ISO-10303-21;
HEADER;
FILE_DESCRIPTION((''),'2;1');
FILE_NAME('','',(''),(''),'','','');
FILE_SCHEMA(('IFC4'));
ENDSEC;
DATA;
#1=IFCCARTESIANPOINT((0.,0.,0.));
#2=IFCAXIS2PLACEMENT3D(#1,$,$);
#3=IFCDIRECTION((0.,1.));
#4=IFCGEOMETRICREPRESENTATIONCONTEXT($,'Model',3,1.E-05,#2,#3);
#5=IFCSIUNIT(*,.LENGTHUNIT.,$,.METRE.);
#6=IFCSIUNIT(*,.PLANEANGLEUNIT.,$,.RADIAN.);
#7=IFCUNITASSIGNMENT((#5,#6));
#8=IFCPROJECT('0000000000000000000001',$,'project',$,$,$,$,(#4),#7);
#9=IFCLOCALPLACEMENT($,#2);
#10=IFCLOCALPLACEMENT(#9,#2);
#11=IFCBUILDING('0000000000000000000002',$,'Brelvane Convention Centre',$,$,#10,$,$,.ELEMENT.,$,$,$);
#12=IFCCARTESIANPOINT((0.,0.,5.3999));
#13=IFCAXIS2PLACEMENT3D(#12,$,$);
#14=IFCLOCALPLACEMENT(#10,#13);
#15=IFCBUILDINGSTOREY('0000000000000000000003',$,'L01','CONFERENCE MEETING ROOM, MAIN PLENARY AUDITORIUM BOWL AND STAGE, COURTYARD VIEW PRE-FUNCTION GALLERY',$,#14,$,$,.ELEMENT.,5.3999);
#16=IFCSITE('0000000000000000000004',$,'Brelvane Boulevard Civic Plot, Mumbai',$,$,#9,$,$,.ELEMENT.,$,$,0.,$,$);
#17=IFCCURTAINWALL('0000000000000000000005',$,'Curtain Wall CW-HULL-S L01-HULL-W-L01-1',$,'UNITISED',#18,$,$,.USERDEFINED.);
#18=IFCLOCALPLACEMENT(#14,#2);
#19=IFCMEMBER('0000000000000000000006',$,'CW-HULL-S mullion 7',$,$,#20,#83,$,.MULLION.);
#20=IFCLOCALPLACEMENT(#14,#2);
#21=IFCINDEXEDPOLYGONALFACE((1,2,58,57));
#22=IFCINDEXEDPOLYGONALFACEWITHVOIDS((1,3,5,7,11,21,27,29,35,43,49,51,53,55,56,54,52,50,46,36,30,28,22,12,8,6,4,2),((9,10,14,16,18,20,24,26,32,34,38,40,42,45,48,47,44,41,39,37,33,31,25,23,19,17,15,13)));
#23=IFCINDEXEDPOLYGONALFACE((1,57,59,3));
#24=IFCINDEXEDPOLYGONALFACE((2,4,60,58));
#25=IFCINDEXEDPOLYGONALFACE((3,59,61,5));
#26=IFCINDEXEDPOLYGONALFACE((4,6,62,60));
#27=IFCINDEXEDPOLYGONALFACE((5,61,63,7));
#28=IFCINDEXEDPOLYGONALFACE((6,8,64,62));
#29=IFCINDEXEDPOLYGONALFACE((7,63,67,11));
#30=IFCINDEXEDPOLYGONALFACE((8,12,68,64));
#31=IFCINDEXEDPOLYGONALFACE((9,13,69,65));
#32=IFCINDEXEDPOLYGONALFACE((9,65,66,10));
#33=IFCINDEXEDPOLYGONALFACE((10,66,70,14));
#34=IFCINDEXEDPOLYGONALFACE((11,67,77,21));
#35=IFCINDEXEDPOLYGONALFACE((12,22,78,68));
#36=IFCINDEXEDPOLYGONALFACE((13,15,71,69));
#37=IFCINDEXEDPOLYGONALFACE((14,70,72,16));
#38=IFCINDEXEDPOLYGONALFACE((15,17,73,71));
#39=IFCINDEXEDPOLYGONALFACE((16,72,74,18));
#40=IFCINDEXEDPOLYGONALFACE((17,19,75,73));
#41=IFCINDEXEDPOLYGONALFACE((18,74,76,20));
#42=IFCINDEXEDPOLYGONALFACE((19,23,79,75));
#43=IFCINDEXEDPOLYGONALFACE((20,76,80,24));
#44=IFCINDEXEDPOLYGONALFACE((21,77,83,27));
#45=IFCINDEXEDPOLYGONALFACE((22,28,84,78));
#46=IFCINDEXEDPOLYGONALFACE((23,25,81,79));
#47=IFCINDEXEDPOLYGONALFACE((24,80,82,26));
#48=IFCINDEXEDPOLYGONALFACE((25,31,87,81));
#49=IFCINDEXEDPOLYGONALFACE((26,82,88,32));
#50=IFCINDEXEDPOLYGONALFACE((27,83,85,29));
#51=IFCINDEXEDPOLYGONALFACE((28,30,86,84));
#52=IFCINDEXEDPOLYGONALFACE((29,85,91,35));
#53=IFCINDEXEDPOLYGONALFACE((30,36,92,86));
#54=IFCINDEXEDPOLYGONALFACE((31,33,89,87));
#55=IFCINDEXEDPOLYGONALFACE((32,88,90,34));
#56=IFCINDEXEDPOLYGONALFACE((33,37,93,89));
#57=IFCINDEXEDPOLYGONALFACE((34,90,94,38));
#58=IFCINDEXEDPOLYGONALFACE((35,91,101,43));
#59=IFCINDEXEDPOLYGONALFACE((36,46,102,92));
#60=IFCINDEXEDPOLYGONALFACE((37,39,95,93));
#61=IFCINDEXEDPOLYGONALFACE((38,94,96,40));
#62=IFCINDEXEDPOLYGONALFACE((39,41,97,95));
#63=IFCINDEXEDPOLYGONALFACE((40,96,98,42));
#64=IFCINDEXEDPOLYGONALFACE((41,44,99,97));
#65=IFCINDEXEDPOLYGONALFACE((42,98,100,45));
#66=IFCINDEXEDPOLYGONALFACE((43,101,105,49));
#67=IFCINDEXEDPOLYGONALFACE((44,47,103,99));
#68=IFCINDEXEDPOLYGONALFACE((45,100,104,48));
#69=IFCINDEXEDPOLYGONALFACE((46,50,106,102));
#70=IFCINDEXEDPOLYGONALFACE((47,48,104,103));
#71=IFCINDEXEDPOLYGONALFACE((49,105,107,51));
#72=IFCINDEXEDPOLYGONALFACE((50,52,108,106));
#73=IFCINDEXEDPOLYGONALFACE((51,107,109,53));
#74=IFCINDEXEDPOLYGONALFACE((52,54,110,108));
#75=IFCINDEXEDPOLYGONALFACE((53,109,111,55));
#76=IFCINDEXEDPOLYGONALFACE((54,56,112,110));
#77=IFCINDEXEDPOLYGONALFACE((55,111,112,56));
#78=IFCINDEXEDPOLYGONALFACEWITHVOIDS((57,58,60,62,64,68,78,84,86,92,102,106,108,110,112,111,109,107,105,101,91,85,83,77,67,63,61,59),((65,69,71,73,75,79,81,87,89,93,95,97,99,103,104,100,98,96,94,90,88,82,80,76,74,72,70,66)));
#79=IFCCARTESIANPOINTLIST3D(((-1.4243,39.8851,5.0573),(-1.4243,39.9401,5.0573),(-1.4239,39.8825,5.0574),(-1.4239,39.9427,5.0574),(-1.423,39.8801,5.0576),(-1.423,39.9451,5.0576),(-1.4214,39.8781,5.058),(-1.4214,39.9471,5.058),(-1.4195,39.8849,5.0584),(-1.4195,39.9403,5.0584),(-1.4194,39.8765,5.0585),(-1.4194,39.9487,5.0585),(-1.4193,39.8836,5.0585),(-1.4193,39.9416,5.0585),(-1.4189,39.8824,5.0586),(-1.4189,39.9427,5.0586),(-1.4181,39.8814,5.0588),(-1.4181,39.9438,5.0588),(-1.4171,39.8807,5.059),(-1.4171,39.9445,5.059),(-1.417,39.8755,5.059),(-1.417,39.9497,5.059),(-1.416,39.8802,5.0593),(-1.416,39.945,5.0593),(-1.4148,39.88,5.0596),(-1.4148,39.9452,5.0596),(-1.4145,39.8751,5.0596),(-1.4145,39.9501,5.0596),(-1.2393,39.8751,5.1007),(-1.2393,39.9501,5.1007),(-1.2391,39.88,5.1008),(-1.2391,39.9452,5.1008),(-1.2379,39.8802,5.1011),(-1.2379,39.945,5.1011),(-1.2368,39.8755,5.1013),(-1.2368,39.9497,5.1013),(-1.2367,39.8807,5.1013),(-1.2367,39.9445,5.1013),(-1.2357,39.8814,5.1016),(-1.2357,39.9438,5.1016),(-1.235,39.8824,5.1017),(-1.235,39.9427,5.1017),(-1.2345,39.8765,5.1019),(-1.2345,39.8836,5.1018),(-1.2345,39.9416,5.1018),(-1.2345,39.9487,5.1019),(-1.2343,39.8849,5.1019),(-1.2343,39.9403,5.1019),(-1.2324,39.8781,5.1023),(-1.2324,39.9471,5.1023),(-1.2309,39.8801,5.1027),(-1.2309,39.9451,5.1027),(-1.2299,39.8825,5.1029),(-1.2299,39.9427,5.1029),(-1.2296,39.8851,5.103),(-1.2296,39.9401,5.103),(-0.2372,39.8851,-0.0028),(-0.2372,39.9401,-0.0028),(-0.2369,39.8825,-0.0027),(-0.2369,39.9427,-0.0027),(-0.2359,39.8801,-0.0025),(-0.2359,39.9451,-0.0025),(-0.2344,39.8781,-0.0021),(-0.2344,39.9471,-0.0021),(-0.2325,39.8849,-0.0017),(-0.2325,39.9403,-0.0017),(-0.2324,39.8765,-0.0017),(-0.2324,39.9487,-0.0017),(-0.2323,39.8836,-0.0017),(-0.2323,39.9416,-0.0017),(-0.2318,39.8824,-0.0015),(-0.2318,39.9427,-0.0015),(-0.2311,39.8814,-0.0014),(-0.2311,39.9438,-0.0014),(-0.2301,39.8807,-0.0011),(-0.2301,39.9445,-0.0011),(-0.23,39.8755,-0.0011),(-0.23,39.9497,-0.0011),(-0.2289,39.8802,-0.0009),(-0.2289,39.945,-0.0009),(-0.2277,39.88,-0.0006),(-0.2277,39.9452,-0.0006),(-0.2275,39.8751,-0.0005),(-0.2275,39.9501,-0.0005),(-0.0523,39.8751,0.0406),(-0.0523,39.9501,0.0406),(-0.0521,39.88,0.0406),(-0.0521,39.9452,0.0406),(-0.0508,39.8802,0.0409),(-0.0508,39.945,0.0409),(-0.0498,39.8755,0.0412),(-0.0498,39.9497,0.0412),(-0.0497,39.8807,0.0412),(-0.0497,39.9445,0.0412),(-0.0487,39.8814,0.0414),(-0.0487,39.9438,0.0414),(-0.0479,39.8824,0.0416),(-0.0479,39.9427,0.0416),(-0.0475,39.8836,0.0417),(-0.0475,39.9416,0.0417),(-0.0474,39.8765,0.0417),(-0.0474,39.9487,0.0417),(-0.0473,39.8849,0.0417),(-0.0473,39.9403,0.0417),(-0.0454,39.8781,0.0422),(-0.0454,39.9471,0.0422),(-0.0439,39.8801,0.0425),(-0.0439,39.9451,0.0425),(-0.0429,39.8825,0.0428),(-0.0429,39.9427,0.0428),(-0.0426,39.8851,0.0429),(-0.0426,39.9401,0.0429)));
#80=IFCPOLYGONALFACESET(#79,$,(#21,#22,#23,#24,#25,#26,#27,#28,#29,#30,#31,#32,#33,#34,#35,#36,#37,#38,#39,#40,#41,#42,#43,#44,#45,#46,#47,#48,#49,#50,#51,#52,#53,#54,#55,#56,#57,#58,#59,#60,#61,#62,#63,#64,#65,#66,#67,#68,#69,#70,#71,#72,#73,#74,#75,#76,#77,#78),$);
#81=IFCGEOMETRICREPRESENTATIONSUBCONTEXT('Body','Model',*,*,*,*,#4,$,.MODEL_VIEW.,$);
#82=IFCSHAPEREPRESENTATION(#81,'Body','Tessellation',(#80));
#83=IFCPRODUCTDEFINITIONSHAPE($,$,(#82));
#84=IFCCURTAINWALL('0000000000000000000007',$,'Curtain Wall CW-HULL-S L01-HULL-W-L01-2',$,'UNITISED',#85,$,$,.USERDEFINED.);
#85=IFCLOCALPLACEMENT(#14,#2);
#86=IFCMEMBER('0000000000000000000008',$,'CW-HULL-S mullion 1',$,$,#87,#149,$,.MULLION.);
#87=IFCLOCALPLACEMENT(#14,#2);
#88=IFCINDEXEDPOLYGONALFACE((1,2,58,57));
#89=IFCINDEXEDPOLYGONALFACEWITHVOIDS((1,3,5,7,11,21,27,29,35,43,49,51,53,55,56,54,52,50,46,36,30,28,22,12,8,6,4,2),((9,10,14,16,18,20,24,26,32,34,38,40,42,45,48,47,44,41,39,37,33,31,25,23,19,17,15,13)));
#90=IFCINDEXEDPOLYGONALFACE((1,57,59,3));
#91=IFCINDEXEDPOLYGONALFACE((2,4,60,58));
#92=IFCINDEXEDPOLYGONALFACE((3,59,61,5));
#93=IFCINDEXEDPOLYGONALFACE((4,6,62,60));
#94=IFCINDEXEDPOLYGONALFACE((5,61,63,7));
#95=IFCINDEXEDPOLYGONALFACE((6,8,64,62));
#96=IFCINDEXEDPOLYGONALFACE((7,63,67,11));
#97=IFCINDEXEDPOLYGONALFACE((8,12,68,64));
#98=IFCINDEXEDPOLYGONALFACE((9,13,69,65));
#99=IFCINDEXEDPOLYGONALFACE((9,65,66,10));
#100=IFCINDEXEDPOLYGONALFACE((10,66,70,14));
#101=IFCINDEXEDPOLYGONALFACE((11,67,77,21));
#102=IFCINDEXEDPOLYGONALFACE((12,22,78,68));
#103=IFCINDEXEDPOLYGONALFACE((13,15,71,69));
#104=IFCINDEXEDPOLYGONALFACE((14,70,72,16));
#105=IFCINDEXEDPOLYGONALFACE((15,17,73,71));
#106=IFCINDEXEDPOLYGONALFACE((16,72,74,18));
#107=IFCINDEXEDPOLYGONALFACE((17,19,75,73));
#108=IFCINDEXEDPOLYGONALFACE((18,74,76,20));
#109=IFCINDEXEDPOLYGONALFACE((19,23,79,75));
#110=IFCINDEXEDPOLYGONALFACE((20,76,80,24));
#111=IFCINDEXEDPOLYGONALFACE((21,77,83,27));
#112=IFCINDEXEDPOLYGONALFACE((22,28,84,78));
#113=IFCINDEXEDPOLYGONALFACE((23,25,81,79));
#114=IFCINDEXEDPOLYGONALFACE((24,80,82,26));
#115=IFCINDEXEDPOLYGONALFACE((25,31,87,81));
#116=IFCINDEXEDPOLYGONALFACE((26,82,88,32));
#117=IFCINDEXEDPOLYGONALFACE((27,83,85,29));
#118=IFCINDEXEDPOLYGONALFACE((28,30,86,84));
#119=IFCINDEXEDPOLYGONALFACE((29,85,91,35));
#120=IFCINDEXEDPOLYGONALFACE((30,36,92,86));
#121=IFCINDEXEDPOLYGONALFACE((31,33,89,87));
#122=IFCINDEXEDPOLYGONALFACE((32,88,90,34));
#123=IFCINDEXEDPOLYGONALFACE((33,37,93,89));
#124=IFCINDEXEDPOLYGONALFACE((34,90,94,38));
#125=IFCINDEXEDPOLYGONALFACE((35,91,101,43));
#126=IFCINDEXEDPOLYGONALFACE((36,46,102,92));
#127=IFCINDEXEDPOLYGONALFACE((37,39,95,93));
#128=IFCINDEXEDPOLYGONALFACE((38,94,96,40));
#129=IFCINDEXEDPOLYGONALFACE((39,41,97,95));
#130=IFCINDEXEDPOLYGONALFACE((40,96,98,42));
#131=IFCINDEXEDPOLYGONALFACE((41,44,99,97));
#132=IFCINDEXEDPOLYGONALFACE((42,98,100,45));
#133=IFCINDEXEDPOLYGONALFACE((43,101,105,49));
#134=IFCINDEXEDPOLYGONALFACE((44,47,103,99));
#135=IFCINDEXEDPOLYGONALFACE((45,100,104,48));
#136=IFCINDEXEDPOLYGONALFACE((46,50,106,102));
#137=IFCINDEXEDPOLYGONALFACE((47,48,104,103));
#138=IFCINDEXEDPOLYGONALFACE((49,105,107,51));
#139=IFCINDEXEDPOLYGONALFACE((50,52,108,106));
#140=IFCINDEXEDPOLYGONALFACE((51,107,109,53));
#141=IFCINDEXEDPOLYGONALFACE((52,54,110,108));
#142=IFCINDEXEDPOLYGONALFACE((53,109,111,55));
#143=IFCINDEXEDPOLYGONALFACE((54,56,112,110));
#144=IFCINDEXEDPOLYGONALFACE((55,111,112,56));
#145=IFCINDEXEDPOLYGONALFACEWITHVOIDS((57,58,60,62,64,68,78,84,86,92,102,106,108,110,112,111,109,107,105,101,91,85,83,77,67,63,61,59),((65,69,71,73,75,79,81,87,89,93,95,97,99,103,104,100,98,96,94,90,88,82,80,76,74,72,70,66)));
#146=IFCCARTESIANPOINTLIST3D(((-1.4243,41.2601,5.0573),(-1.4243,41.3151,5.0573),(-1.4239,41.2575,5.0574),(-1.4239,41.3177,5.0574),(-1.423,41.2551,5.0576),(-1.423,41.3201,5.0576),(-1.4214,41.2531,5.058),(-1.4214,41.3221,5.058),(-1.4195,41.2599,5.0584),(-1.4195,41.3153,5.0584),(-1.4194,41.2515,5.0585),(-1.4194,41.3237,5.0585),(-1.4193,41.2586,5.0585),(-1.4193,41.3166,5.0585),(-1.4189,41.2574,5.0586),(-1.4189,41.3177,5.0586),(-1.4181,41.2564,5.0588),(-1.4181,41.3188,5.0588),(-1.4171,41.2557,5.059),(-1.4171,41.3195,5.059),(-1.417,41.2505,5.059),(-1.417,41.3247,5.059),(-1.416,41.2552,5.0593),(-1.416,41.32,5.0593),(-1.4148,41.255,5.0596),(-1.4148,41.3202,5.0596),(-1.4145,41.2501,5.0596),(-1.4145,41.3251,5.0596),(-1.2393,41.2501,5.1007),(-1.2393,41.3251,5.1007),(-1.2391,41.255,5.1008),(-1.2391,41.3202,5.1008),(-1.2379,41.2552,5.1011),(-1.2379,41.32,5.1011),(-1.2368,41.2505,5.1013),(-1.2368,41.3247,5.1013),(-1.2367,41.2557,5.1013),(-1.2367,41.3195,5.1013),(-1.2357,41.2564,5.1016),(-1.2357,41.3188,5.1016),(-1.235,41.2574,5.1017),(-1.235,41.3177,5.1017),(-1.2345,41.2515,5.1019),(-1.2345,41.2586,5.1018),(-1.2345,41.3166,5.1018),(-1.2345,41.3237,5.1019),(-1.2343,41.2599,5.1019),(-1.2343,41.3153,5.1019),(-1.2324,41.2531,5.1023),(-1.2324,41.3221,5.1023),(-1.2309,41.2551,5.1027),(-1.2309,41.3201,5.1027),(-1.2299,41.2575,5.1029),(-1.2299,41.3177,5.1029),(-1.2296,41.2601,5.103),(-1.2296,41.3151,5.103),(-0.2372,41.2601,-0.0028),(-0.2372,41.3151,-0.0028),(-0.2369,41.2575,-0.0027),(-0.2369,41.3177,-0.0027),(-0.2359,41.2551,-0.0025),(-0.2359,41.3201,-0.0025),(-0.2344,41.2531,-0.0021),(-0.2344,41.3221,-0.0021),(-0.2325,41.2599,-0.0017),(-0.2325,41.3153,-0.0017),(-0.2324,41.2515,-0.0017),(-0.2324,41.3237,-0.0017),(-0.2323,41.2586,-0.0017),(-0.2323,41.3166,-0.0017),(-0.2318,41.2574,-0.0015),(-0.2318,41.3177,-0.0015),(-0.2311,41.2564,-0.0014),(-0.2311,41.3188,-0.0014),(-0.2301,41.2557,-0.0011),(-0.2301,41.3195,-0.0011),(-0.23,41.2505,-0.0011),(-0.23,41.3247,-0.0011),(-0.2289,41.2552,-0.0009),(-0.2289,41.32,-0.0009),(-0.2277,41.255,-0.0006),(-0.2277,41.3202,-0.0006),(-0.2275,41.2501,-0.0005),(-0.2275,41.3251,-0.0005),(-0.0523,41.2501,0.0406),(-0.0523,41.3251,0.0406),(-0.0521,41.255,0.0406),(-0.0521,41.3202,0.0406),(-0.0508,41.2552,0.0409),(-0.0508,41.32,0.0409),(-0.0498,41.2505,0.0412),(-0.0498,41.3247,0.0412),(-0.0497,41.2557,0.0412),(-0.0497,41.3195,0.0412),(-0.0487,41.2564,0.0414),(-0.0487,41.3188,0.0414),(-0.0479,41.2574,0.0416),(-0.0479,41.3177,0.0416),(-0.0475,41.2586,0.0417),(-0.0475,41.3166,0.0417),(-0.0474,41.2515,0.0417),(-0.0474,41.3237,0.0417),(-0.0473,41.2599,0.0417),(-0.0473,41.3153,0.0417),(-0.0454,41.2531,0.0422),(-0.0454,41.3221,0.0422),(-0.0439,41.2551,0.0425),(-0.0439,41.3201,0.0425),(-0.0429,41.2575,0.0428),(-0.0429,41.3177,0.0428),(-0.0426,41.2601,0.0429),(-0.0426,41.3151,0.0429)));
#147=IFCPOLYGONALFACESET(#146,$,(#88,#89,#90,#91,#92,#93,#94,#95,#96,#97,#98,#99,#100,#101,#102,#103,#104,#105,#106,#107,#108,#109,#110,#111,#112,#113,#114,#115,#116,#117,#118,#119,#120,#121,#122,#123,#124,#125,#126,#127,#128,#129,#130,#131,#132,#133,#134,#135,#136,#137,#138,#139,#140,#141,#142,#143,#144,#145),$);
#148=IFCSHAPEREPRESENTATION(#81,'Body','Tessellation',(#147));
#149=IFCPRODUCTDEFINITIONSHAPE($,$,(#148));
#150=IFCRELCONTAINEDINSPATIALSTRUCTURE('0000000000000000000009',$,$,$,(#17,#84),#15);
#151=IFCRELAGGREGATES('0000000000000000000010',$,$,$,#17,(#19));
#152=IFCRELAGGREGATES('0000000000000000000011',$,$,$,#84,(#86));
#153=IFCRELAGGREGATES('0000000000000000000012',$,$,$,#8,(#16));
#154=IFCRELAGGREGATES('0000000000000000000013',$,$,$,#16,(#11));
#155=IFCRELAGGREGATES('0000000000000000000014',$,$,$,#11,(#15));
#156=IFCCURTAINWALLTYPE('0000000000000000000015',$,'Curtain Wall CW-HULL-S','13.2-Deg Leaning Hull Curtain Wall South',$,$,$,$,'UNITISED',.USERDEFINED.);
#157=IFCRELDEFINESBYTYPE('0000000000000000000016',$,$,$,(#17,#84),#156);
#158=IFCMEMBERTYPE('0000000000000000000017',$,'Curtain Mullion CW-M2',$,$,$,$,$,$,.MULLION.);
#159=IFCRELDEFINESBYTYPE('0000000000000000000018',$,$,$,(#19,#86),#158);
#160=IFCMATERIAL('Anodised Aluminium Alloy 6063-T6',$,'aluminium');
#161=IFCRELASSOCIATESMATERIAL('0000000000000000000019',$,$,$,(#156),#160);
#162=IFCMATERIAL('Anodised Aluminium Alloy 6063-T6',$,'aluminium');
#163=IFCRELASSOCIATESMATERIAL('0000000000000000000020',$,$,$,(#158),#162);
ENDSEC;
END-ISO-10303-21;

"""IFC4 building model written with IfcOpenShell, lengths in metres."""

from ifc_helpers import new_model, si_unit, direction, frame, origin, origin_2d, place, context, subcontext, project, spatial, hollow_rectangle, extrude, material, material_profile, profile_set, type_object, element, aggregate, save


model = new_model("IFC4")

# Units and contexts
model_context = context("Model", 3, precision=1e-05, world=origin(), true_north=direction((0.0, 1.0)))
body_context = subcontext(model_context, "Body", "Model", "MODEL_VIEW")
ifc_project = project(units=[si_unit("LENGTHUNIT", "METRE"), si_unit("PLANEANGLEUNIT", "RADIAN")], contexts=[model_context])

# Site, building, storey
site_placement = place(None, origin())
site = spatial("IfcSite", under=ifc_project, at=site_placement, Name="Brelvane Boulevard Civic Plot, Mumbai", CompositionType="ELEMENT", RefElevation=0.0)
building_placement = place(site_placement, origin())
building = spatial("IfcBuilding", under=site, at=building_placement, Name="Brelvane Convention Centre", CompositionType="ELEMENT")
storey_placement = place(building_placement, frame((0.0, 0.0, 5.3999)))
storey = spatial("IfcBuildingStorey", under=building, at=storey_placement, Name="L01", Description="CONFERENCE MEETING ROOM, MAIN PLENARY AUDITORIUM BOWL AND STAGE, COURTYARD VIEW PRE-FUNCTION GALLERY", CompositionType="ELEMENT", Elevation=5.3999)

# Curtain walls, members
ifc_material_1 = material(Name="Anodised Aluminium Alloy 6063-T6", Category="aluminium")
curtain_wall_type = type_object("IfcCurtainWallType", Name="Curtain Wall CW-HULL-S", Description="13.2-Deg Leaning Hull Curtain Wall South", ElementType="UNITISED", PredefinedType="USERDEFINED", material=ifc_material_1)
curtain_wall_1_placement = place(storey_placement, origin())
curtain_wall_1 = element("IfcCurtainWall", 1, at=curtain_wall_1_placement, inside=storey, type_object=curtain_wall_type, Name="Curtain Wall CW-HULL-S L01-HULL-W-L01-1", ObjectType="UNITISED", PredefinedType="USERDEFINED")
ifc_material_2 = material(Name="Anodised Aluminium Alloy 6063-T6", Category="aluminium")
ifc_material_profile_1 = material_profile(ifc_material_2, hollow_rectangle(XDim=0.075, YDim=0.2, WallThickness=0.0049, InnerFilletRadius=0.0049, OuterFilletRadius=0.01, at=origin_2d()), Name="ALU-M 200x75x5.0")
ifc_profile_set_1 = profile_set([ifc_material_profile_1], Name="Anodised Aluminium Alloy 6063-T6")
member_type_1 = type_object("IfcMemberType", Name="Curtain Mullion CW-M2", PredefinedType="MULLION", material=ifc_profile_set_1)
member_1_placement = place(storey_placement, frame((-0.1399, 39.9126, 0.02), z_axis=(-0.228385, 0.0, 0.973571), x_axis=(0.0, -1.0, 0.0)))
member_1 = element("IfcMember", 2, at=member_1_placement, type_object=member_type_1, Name="CW-HULL-S mullion 7", PredefinedType="MULLION", context=body_context, shape_type="SweptSolid", body=[
    extrude(hollow_rectangle(XDim=0.075, YDim=0.2, WallThickness=0.0049, InnerFilletRadius=0.0049, OuterFilletRadius=0.01, at=origin_2d()), origin(), (0.0, 0.0, 1.0), 5.1975),
])
curtain_wall_2_placement = place(storey_placement, origin())
curtain_wall_2 = element("IfcCurtainWall", 3, at=curtain_wall_2_placement, inside=storey, type_object=curtain_wall_type, Name="Curtain Wall CW-HULL-S L01-HULL-W-L01-2", ObjectType="UNITISED", PredefinedType="USERDEFINED")
member_2_placement = place(storey_placement, frame((-0.1399, 41.2876, 0.02), z_axis=(-0.228385, 0.0, 0.973571), x_axis=(0.0, -1.0, 0.0)))
member_2 = element("IfcMember", 4, at=member_2_placement, type_object=member_type_1, Name="CW-HULL-S mullion 1", PredefinedType="MULLION", context=body_context, shape_type="SweptSolid", body=[
    extrude(hollow_rectangle(XDim=0.075, YDim=0.2, WallThickness=0.0049, InnerFilletRadius=0.0049, OuterFilletRadius=0.01, at=origin_2d()), origin(), (0.0, 0.0, 1.0), 5.1975),
])

aggregate(curtain_wall_1, [member_1])
aggregate(curtain_wall_2, [member_2])

save(model, "model.ifc")
